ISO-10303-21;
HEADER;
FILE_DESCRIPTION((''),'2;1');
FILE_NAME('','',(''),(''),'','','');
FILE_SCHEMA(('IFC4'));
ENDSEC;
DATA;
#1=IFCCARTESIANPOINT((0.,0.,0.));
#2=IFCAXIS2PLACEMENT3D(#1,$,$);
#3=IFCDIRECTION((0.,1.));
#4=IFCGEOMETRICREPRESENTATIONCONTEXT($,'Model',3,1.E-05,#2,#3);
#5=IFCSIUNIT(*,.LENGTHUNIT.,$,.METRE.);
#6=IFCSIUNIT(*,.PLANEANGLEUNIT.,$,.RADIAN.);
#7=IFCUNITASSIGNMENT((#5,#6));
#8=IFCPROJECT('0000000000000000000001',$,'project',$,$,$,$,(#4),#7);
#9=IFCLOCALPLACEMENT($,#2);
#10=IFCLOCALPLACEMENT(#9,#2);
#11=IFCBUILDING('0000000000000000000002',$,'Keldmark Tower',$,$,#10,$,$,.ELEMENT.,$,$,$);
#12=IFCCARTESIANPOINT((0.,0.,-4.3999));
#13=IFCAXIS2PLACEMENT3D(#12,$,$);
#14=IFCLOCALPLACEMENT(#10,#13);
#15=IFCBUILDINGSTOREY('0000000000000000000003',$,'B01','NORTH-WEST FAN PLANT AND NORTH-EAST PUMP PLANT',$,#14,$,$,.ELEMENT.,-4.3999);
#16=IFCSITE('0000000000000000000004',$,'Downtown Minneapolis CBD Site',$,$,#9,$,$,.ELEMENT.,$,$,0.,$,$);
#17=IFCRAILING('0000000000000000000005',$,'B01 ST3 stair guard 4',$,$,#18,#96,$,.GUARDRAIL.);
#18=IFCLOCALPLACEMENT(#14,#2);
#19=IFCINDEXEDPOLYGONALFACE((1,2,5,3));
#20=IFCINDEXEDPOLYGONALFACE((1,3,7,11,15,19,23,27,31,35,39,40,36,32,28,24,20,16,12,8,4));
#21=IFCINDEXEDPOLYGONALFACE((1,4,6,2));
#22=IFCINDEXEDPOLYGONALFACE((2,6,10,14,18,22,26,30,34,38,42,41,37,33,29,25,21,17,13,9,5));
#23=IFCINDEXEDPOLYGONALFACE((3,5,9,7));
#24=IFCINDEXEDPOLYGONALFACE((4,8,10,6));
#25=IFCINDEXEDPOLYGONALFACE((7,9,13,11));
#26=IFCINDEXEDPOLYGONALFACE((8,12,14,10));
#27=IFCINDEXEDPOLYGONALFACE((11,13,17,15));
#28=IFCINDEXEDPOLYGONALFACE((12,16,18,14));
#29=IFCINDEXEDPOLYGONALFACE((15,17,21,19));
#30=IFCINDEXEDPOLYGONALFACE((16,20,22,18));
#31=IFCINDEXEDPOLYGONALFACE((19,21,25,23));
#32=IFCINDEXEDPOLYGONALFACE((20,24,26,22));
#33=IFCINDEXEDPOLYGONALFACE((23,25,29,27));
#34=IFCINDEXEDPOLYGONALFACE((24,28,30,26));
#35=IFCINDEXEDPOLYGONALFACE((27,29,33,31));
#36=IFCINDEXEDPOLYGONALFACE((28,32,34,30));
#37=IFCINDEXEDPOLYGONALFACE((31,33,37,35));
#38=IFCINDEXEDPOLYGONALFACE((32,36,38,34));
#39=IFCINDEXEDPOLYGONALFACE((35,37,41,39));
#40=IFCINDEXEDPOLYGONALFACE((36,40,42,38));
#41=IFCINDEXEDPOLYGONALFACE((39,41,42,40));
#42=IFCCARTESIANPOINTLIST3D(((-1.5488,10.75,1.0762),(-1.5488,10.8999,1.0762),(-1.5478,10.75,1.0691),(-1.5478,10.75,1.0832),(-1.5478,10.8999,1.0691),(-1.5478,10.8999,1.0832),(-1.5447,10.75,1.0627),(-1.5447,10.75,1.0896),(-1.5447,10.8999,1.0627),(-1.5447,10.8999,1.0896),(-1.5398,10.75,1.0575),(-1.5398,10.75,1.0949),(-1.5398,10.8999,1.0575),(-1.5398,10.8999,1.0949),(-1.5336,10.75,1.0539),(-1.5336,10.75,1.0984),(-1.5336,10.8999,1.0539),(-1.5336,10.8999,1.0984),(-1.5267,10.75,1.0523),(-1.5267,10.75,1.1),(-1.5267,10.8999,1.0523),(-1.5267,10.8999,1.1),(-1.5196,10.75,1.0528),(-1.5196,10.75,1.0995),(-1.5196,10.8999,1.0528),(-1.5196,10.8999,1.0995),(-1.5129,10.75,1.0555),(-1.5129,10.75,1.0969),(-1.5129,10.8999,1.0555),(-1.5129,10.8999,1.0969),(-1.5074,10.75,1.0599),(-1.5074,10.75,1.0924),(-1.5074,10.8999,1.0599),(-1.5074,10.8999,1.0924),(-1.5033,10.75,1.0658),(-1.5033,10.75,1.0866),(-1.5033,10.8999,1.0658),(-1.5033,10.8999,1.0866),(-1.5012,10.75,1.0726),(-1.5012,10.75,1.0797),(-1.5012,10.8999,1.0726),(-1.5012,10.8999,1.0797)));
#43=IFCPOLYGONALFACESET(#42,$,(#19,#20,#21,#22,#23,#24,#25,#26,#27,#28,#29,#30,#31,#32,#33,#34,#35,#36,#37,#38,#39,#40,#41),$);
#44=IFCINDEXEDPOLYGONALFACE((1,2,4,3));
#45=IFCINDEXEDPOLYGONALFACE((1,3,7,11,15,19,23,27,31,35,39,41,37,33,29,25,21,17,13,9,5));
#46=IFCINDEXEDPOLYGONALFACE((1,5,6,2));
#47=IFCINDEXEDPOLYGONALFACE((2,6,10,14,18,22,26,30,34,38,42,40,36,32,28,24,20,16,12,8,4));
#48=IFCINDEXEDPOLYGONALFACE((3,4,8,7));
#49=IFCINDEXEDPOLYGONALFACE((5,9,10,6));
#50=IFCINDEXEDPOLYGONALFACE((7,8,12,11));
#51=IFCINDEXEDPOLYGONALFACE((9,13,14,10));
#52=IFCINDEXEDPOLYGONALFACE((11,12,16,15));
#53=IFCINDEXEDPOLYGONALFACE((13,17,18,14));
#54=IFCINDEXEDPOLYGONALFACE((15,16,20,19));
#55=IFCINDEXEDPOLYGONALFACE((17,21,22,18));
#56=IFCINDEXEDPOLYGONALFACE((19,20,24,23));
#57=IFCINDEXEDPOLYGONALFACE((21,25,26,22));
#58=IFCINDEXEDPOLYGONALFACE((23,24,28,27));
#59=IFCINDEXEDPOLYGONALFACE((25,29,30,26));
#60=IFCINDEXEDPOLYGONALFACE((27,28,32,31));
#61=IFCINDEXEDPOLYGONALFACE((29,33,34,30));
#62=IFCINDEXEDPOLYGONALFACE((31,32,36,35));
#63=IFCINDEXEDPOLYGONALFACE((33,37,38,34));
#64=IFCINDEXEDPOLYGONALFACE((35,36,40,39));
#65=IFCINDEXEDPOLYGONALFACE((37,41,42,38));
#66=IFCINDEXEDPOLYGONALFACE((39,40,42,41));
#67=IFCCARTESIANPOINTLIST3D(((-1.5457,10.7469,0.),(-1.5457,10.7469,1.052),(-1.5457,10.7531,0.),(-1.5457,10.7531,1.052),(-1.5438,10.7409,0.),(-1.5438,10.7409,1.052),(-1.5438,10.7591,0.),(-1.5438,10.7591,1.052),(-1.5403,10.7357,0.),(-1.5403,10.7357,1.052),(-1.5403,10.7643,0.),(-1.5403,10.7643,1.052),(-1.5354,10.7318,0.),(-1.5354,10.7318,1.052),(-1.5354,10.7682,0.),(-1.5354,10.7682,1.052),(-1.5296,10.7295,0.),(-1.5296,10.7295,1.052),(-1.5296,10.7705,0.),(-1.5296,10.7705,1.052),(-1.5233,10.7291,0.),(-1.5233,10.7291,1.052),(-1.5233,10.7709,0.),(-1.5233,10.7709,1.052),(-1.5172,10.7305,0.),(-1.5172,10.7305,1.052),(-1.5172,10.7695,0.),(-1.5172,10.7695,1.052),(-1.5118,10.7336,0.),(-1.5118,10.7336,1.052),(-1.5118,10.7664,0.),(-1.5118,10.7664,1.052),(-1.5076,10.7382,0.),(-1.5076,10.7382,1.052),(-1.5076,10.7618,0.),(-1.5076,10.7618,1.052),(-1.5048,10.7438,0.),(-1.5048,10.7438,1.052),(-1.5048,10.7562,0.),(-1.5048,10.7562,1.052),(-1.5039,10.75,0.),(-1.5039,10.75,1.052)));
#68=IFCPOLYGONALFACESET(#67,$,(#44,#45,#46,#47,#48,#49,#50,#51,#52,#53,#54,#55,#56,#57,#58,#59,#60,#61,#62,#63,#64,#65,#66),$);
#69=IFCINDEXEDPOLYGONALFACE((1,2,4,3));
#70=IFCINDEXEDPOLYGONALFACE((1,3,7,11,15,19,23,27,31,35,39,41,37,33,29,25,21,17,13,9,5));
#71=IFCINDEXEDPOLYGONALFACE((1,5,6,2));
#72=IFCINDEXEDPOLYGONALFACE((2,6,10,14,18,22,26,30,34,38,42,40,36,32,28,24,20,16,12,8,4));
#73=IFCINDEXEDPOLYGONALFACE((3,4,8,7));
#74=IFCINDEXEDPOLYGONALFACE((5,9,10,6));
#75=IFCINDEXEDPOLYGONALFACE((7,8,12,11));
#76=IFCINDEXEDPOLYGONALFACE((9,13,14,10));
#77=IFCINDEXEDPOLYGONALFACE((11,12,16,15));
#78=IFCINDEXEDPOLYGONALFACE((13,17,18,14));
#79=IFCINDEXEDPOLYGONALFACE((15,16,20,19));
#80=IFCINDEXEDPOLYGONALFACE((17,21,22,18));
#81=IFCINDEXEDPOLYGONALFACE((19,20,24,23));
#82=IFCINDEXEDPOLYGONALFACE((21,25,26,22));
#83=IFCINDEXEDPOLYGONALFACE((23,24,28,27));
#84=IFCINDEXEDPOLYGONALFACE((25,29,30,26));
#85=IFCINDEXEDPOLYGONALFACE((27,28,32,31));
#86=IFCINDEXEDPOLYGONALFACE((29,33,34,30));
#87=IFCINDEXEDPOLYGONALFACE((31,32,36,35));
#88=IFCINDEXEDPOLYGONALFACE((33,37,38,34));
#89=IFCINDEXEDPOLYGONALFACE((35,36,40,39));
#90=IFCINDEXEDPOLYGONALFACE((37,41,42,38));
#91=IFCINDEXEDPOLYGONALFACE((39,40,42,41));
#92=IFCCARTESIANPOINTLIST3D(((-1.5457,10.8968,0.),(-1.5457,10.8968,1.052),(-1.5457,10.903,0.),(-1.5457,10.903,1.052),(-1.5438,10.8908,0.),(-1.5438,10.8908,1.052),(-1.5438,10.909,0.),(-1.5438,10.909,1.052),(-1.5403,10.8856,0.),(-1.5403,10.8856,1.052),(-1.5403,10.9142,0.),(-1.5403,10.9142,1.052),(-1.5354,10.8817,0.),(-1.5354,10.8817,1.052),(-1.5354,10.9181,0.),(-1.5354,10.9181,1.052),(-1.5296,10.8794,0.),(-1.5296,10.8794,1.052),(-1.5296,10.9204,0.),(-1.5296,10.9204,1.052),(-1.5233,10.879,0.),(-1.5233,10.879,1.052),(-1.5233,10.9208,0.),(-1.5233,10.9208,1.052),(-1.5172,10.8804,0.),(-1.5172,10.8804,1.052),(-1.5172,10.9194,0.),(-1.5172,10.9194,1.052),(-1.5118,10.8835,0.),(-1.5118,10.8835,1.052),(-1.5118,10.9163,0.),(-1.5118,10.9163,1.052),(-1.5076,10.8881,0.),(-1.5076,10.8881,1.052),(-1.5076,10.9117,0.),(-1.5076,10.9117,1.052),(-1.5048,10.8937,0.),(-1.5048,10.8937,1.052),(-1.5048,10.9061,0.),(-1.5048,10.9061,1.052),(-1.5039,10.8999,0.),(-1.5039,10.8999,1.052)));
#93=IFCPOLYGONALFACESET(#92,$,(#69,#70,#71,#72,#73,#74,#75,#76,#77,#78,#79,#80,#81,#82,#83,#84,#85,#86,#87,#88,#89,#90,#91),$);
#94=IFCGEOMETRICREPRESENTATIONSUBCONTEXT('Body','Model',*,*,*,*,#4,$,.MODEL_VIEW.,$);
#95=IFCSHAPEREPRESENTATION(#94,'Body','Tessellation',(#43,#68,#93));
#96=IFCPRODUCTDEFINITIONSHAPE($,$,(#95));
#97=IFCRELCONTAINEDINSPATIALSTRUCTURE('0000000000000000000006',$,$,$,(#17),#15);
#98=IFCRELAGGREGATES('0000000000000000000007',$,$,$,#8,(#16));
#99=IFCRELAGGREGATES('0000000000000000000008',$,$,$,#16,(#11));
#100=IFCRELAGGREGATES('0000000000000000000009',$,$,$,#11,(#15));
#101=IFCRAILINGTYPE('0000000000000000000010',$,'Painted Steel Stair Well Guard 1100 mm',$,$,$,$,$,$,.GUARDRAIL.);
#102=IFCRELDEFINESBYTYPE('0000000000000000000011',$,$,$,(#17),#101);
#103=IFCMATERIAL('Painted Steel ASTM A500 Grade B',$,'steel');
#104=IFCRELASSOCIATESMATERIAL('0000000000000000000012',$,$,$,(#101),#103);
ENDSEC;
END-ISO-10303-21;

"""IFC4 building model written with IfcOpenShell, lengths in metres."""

from ifc_helpers import new_model, si_unit, direction, frame, origin, origin_2d, place, context, subcontext, project, spatial, circle, extrude, material, type_object, element, save


model = new_model("IFC4")

# Units and contexts
model_context = context("Model", 3, precision=1e-05, world=origin(), true_north=direction((0.0, 1.0)))
body_context = subcontext(model_context, "Body", "Model", "MODEL_VIEW")
ifc_project = project(units=[si_unit("LENGTHUNIT", "METRE"), si_unit("PLANEANGLEUNIT", "RADIAN")], contexts=[model_context])

# Site, building, storey
site_placement = place(None, origin())
site = spatial("IfcSite", under=ifc_project, at=site_placement, Name="Downtown Minneapolis CBD Site", CompositionType="ELEMENT", RefElevation=0.0)
building_placement = place(site_placement, origin())
building = spatial("IfcBuilding", under=site, at=building_placement, Name="Keldmark Tower", CompositionType="ELEMENT")
storey_placement = place(building_placement, frame((0.0, 0.0, -4.3999)))
storey = spatial("IfcBuildingStorey", under=building, at=storey_placement, Name="B01", Description="NORTH-WEST FAN PLANT AND NORTH-EAST PUMP PLANT", CompositionType="ELEMENT", Elevation=-4.3999)

# Railing
ifc_material_1 = material(Name="Painted Steel ASTM A500 Grade B", Category="steel")
railing_type_1 = type_object("IfcRailingType", Name="Painted Steel Stair Well Guard 1100 mm", PredefinedType="GUARDRAIL", material=ifc_material_1)
railing_1_placement = place(storey_placement, frame((-1.5249, 10.75, 0.0)))
element("IfcRailing", 1, at=railing_1_placement, inside=storey, type_object=railing_type_1, Name="B01 ST3 stair guard 4", PredefinedType="GUARDRAIL", context=body_context, shape_type="SweptSolid", body=[
    extrude(circle(Radius=0.0239, at=origin_2d()), frame((0.0, 0.0, 1.0762), z_axis=(0.0, 1.0, 0.0), x_axis=(-1.0, 0.0, 0.0)), (0.0, 0.0, 1.0), 0.1499),
    extrude(circle(Radius=0.021, at=origin_2d()), origin(), (0.0, 0.0, 1.0), 1.052),
    extrude(circle(Radius=0.021, at=origin_2d()), frame((0.0, 0.1499, 0.0)), (0.0, 0.0, 1.0), 1.052),
])

save(model, "model.ifc")
